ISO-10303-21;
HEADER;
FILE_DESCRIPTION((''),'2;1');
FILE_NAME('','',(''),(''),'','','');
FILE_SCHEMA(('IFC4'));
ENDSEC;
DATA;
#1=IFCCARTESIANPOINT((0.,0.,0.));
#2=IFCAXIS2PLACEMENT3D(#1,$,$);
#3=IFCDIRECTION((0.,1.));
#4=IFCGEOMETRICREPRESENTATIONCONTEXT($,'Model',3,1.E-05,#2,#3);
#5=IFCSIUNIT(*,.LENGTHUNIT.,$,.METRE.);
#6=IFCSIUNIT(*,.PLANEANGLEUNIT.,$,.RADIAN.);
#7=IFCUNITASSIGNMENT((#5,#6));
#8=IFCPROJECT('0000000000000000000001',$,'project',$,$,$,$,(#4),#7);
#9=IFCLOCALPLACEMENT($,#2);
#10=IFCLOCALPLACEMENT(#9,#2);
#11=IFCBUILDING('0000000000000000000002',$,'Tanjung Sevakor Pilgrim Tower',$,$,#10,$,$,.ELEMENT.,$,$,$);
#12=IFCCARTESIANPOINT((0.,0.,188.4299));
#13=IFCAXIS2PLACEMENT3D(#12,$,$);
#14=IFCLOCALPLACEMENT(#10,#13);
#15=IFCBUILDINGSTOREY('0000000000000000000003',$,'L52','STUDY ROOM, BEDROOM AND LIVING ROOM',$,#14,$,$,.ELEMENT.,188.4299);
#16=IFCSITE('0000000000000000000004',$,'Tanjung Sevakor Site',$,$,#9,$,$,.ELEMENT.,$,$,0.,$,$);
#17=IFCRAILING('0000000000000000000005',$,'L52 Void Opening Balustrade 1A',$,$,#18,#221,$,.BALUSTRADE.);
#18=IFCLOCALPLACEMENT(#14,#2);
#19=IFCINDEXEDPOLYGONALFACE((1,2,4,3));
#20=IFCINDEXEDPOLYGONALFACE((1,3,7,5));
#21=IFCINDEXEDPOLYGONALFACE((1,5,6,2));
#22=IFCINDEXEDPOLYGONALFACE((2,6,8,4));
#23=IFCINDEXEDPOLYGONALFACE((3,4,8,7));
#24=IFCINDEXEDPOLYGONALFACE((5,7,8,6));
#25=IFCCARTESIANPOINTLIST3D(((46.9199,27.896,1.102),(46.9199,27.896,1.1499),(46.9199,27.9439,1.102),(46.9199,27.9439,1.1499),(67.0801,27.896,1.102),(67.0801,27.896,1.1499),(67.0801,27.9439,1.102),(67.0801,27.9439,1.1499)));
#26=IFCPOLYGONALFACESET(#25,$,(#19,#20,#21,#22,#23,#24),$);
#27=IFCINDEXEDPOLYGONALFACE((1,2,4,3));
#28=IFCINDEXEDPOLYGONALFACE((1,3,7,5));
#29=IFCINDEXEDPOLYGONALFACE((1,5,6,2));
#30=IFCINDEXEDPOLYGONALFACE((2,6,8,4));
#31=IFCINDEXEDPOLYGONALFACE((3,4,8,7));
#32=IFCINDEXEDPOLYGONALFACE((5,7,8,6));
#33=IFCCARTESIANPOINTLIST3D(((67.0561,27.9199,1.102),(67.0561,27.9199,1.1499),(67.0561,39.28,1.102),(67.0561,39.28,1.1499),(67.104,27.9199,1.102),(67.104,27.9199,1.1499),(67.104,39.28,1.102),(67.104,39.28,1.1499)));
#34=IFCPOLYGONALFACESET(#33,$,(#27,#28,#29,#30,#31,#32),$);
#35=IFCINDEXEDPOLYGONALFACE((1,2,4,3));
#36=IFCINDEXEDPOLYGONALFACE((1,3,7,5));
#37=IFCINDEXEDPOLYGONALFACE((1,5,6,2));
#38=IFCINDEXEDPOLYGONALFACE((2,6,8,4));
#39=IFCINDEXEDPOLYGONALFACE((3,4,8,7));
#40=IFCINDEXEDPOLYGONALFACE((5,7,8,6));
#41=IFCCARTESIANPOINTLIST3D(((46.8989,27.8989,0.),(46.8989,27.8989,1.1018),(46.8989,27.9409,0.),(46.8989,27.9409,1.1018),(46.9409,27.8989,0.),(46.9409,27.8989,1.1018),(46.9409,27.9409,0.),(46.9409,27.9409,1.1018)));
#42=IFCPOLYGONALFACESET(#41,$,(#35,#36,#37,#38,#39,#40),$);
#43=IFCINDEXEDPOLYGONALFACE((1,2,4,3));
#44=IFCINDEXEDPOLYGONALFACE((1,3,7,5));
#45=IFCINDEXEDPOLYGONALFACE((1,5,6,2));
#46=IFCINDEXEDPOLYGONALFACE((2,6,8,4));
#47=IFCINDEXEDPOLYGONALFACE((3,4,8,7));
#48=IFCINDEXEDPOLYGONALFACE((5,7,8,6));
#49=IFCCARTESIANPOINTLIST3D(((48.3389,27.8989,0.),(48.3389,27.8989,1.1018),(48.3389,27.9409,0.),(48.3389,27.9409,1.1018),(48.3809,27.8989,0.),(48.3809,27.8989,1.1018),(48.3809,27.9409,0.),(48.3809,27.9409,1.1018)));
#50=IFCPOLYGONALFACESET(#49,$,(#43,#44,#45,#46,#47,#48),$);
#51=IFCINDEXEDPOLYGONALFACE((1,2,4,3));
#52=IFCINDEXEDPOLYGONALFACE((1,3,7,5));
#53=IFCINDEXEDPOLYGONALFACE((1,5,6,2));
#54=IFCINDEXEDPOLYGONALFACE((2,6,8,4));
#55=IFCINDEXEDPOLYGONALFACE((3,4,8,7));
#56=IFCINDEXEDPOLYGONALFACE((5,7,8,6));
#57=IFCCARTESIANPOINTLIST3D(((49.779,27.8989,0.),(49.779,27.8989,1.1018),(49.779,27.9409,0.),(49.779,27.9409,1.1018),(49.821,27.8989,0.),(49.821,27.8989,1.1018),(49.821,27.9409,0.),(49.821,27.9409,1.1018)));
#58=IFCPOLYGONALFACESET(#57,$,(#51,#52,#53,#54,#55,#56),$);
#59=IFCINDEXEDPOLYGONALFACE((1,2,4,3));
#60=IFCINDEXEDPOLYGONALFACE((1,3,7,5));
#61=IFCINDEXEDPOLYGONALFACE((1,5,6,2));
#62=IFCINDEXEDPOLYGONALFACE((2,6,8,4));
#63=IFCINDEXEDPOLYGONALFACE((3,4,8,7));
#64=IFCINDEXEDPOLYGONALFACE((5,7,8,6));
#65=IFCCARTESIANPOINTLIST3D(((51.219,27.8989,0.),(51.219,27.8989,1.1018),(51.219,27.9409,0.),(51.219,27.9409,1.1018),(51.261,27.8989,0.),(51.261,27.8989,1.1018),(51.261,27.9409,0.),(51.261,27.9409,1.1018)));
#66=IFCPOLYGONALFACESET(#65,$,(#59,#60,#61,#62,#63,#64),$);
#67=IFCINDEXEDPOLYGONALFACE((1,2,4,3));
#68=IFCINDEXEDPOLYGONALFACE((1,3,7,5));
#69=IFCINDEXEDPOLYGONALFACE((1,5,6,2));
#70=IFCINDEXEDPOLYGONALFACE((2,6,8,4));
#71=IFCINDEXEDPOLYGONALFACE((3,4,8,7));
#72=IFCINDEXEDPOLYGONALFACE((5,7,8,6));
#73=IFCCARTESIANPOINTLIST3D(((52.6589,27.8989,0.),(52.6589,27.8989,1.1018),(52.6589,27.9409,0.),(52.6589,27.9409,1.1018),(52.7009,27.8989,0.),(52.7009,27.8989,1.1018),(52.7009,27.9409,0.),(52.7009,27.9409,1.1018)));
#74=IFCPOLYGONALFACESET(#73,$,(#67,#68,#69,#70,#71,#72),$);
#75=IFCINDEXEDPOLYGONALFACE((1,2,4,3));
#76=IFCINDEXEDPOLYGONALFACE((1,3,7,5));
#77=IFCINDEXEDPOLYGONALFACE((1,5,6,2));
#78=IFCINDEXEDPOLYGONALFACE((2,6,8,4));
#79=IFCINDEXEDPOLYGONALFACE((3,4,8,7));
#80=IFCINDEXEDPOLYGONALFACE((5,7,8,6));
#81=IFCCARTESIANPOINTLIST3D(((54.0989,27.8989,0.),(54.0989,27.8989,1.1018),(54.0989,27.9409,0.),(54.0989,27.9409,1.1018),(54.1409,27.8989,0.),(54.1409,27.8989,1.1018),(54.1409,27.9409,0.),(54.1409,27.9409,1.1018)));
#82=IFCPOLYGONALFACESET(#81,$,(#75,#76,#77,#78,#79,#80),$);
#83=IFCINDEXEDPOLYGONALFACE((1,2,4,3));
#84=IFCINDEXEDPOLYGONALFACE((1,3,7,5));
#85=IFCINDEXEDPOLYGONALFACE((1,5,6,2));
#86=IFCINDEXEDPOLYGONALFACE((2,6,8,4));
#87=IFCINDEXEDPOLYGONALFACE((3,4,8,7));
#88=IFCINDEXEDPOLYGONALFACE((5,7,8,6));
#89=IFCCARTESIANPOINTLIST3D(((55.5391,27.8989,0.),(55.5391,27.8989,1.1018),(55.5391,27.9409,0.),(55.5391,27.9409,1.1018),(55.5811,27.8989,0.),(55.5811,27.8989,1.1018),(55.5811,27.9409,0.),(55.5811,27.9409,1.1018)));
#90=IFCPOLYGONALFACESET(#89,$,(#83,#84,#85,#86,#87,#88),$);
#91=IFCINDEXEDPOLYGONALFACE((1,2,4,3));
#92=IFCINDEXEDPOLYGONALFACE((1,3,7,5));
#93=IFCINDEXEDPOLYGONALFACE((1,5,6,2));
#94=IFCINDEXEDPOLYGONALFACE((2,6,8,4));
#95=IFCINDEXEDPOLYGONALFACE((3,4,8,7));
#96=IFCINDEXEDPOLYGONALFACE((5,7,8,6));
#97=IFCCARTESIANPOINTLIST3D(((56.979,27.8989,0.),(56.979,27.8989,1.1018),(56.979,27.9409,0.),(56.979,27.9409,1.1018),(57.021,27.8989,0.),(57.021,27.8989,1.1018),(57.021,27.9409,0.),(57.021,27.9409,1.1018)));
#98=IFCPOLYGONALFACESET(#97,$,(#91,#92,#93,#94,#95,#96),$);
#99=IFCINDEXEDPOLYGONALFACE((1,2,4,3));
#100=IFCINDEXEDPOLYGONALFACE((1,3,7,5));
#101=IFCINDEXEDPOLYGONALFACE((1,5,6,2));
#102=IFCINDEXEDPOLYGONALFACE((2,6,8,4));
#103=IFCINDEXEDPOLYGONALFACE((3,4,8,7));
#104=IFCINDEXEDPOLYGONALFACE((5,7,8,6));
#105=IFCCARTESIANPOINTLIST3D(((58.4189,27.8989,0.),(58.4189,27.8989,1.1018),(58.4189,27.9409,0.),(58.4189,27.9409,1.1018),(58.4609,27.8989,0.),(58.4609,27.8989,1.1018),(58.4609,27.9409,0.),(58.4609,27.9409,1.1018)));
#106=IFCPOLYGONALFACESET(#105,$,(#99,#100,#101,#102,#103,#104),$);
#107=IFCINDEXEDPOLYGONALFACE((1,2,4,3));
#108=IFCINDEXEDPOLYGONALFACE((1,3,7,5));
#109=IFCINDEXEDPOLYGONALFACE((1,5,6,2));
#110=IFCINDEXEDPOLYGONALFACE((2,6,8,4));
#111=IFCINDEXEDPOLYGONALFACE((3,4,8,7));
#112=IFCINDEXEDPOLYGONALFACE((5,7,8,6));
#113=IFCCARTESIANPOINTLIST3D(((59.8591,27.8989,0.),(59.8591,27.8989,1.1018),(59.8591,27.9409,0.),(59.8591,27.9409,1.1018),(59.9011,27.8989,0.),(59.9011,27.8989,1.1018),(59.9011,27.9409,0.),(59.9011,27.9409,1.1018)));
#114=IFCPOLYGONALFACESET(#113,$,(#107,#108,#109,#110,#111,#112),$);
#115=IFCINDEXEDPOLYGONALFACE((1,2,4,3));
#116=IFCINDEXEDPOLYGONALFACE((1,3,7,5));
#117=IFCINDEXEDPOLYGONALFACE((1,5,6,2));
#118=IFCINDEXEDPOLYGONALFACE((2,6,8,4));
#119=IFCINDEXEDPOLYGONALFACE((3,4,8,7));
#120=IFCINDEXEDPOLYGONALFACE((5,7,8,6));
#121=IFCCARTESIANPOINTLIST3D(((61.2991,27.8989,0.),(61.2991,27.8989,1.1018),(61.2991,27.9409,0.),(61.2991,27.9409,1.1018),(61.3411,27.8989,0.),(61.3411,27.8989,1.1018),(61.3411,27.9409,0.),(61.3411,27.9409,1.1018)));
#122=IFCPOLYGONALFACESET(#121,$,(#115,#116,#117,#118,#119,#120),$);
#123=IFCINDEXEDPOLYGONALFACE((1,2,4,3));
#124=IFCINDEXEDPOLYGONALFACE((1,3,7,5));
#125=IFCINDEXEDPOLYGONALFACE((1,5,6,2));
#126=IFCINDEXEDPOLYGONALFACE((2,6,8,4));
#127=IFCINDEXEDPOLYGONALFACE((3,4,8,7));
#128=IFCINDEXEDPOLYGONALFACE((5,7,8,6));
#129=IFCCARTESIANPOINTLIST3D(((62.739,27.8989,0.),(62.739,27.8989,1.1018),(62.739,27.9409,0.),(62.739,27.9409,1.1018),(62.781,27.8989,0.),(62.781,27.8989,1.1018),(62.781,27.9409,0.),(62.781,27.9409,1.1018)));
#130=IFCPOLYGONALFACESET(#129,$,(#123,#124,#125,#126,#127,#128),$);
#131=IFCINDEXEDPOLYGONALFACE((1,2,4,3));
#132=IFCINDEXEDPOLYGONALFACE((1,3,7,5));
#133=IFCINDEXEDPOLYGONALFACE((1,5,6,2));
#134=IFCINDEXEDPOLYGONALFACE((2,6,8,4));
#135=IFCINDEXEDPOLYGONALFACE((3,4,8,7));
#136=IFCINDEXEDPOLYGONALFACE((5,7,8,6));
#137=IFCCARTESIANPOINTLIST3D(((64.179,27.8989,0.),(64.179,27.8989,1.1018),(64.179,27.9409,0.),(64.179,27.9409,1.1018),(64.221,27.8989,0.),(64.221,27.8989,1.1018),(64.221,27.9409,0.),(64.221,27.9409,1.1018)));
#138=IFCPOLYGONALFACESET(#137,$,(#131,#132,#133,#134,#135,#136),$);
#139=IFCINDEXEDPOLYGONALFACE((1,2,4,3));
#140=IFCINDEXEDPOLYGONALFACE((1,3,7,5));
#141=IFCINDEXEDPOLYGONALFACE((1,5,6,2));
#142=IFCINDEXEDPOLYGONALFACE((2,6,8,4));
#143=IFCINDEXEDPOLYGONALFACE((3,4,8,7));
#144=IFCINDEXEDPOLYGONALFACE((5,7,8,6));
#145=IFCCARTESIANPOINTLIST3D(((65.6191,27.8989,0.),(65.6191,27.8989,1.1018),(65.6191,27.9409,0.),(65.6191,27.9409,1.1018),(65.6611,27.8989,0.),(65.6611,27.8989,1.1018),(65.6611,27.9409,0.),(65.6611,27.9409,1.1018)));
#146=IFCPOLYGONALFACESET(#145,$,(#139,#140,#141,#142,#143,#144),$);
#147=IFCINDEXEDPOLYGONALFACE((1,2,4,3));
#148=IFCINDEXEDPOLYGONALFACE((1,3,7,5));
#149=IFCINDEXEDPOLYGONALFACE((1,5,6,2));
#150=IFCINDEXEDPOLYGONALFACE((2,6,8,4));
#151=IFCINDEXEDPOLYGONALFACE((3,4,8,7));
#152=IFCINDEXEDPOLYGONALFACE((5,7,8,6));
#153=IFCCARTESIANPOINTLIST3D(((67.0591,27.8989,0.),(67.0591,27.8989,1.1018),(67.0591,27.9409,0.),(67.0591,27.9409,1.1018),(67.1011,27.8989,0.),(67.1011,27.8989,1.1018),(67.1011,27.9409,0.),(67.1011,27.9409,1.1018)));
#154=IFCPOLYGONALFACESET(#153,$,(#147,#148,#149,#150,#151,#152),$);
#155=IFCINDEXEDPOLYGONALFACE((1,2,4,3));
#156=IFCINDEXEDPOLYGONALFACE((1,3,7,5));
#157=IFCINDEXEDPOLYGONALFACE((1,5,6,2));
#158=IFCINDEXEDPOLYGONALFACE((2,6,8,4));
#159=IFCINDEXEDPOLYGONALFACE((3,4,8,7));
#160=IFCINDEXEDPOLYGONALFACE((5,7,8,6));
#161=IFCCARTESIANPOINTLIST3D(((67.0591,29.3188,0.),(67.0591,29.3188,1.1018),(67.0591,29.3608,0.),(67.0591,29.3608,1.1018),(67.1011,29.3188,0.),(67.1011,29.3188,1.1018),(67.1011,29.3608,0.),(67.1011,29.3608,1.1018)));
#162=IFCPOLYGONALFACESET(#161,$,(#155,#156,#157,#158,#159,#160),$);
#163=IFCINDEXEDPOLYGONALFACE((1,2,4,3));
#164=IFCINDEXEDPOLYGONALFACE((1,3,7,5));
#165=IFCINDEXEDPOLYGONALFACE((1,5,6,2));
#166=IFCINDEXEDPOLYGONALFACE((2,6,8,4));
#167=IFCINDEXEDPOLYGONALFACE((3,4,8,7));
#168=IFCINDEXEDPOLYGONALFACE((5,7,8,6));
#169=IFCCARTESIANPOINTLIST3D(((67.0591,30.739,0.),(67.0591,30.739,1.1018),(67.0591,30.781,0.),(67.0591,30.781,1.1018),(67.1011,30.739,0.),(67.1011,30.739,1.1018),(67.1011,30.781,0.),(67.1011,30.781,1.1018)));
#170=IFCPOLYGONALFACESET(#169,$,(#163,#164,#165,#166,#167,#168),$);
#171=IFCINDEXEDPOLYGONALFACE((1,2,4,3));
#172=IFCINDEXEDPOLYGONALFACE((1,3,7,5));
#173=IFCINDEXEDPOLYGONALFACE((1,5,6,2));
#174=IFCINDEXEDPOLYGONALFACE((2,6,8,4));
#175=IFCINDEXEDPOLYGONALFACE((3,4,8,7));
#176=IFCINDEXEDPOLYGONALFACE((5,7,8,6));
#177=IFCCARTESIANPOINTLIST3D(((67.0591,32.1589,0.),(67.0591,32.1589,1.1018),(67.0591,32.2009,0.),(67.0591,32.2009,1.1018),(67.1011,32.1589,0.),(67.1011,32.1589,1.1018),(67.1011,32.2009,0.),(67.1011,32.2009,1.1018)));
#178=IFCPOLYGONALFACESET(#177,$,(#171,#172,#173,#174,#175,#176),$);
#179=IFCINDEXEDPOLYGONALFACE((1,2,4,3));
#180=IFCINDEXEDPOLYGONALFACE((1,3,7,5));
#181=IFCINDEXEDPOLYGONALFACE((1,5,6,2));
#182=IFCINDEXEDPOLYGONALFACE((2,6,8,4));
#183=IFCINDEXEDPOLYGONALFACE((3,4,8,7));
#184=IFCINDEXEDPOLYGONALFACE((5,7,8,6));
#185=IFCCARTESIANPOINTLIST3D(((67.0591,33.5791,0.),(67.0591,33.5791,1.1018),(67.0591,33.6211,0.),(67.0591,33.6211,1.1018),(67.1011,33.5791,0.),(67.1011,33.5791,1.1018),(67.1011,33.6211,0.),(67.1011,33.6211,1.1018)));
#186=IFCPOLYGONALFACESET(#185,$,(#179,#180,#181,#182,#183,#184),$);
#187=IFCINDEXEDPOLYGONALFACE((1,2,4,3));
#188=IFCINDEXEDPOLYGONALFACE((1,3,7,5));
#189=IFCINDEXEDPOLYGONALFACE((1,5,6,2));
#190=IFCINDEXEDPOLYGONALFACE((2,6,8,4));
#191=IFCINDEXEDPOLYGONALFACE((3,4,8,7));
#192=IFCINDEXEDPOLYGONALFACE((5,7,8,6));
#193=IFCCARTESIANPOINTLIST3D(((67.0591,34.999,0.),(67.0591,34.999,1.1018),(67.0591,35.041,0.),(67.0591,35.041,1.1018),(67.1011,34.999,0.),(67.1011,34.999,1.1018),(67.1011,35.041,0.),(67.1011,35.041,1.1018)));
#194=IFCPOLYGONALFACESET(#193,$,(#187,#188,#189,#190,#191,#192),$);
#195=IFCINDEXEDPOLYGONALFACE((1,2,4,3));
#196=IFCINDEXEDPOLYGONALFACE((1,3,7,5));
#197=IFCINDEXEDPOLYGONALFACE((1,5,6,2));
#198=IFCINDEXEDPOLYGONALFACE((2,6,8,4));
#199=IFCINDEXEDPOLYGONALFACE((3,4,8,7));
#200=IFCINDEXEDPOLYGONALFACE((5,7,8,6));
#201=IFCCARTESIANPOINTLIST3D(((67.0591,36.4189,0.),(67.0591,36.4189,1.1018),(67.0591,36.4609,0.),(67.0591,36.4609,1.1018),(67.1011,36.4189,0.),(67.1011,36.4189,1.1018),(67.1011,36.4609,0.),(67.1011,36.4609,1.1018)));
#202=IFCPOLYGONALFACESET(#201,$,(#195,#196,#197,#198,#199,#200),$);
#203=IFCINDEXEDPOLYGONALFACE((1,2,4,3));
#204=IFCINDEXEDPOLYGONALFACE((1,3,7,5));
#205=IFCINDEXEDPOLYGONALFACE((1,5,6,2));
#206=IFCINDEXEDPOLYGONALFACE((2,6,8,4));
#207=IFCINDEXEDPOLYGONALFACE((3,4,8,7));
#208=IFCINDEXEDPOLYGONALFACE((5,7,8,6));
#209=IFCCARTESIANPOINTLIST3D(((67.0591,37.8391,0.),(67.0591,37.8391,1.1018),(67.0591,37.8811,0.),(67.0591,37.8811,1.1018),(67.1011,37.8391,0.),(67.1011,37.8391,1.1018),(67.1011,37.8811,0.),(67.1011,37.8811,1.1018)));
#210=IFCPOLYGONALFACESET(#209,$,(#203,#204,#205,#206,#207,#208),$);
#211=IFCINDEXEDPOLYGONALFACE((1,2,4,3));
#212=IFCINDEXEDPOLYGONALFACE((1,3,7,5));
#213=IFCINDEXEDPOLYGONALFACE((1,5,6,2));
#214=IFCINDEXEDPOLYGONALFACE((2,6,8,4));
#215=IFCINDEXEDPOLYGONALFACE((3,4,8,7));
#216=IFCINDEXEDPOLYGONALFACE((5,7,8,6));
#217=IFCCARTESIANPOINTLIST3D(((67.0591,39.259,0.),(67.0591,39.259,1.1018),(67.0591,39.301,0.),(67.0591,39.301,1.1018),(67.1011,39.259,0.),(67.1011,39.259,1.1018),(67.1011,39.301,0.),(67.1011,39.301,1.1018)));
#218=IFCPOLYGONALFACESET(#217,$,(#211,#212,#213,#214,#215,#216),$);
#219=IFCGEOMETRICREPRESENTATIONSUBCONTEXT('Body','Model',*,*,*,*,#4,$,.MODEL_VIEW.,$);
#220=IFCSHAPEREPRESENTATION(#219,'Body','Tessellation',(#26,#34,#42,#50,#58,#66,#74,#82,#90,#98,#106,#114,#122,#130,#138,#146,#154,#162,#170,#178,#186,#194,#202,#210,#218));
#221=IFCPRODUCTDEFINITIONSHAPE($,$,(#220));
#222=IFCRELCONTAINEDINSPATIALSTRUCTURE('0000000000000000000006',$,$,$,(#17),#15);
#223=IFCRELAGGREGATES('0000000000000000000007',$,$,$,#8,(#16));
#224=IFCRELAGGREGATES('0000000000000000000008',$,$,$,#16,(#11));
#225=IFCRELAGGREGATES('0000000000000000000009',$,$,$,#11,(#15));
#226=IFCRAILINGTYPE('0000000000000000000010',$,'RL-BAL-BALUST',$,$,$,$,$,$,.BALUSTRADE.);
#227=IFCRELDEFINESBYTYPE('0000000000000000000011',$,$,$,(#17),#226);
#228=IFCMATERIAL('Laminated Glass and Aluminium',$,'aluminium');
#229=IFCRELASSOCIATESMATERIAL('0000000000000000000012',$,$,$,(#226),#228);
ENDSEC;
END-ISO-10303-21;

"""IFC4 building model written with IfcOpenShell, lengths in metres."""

from ifc_helpers import new_model, si_unit, direction, frame, origin, place, context, subcontext, project, spatial, rectangle, extrude, material, type_object, element, save


model = new_model("IFC4")

# Units and contexts
model_context = context("Model", 3, precision=1e-05, world=origin(), true_north=direction((0.0, 1.0)))
body_context = subcontext(model_context, "Body", "Model", "MODEL_VIEW")
ifc_project = project(units=[si_unit("LENGTHUNIT", "METRE"), si_unit("PLANEANGLEUNIT", "RADIAN")], contexts=[model_context])

# Site, building, storey
site_placement = place(None, origin())
site = spatial("IfcSite", under=ifc_project, at=site_placement, Name="Tanjung Sevakor Site", CompositionType="ELEMENT", RefElevation=0.0)
building_placement = place(site_placement, origin())
building = spatial("IfcBuilding", under=site, at=building_placement, Name="Tanjung Sevakor Pilgrim Tower", CompositionType="ELEMENT")
storey_placement = place(building_placement, frame((0.0, 0.0, 188.4299)))
storey = spatial("IfcBuildingStorey", under=building, at=storey_placement, Name="L52", Description="STUDY ROOM, BEDROOM AND LIVING ROOM", CompositionType="ELEMENT", Elevation=188.4299)

# Railing
ifc_material_1 = material(Name="Laminated Glass and Aluminium", Category="aluminium")
railing_type = type_object("IfcRailingType", Name="RL-BAL-BALUST", PredefinedType="BALUSTRADE", material=ifc_material_1)
railing_placement = place(storey_placement, frame((46.9199, 27.9199, 0.0)))
element("IfcRailing", 1, at=railing_placement, inside=storey, type_object=railing_type, Name="L52 Void Opening Balustrade 1A", PredefinedType="BALUSTRADE", context=body_context, shape_type="SweptSolid", body=[
    extrude(rectangle(XDim=0.0479, YDim=0.0479), frame((0.0, 0.0, 1.126), z_axis=(1.0, 0.0, 0.0), x_axis=(0.0, 1.0, 0.0)), (0.0, 0.0, 1.0), 20.1602),
    extrude(rectangle(XDim=0.0479, YDim=0.0479), frame((20.1602, 0.0, 1.126), z_axis=(0.0, 1.0, 0.0), x_axis=(-1.0, 0.0, 0.0)), (0.0, 0.0, 1.0), 11.3601),
    extrude(rectangle(XDim=0.042, YDim=0.042), origin(), (0.0, 0.0, 1.0), 1.1018),
    extrude(rectangle(XDim=0.042, YDim=0.042), frame((1.4399, 0.0, 0.0)), (0.0, 0.0, 1.0), 1.1018),
    extrude(rectangle(XDim=0.042, YDim=0.042), frame((2.8801, 0.0, 0.0)), (0.0, 0.0, 1.0), 1.1018),
    extrude(rectangle(XDim=0.042, YDim=0.042), frame((4.3201, 0.0, 0.0)), (0.0, 0.0, 1.0), 1.1018),
    extrude(rectangle(XDim=0.042, YDim=0.042), frame((5.76, 0.0, 0.0)), (0.0, 0.0, 1.0), 1.1018),
    extrude(rectangle(XDim=0.042, YDim=0.042), frame((7.2, 0.0, 0.0)), (0.0, 0.0, 1.0), 1.1018),
    extrude(rectangle(XDim=0.042, YDim=0.042), frame((8.6401, 0.0, 0.0)), (0.0, 0.0, 1.0), 1.1018),
    extrude(rectangle(XDim=0.042, YDim=0.042), frame((10.0801, 0.0, 0.0)), (0.0, 0.0, 1.0), 1.1018),
    extrude(rectangle(XDim=0.042, YDim=0.042), frame((11.52, 0.0, 0.0)), (0.0, 0.0, 1.0), 1.1018),
    extrude(rectangle(XDim=0.042, YDim=0.042), frame((12.9602, 0.0, 0.0)), (0.0, 0.0, 1.0), 1.1018),
    extrude(rectangle(XDim=0.042, YDim=0.042), frame((14.4001, 0.0, 0.0)), (0.0, 0.0, 1.0), 1.1018),
    extrude(rectangle(XDim=0.042, YDim=0.042), frame((15.8401, 0.0, 0.0)), (0.0, 0.0, 1.0), 1.1018),
    extrude(rectangle(XDim=0.042, YDim=0.042), frame((17.28, 0.0, 0.0)), (0.0, 0.0, 1.0), 1.1018),
    extrude(rectangle(XDim=0.042, YDim=0.042), frame((18.7202, 0.0, 0.0)), (0.0, 0.0, 1.0), 1.1018),
    extrude(rectangle(XDim=0.042, YDim=0.042), frame((20.1602, 0.0, 0.0)), (0.0, 0.0, 1.0), 1.1018),
    extrude(rectangle(XDim=0.042, YDim=0.042), frame((20.1602, 1.4199, 0.0)), (0.0, 0.0, 1.0), 1.1018),
    extrude(rectangle(XDim=0.042, YDim=0.042), frame((20.1602, 2.8401, 0.0)), (0.0, 0.0, 1.0), 1.1018),
    extrude(rectangle(XDim=0.042, YDim=0.042), frame((20.1602, 4.26, 0.0)), (0.0, 0.0, 1.0), 1.1018),
    extrude(rectangle(XDim=0.042, YDim=0.042), frame((20.1602, 5.6802, 0.0)), (0.0, 0.0, 1.0), 1.1018),
    extrude(rectangle(XDim=0.042, YDim=0.042), frame((20.1602, 7.1001, 0.0)), (0.0, 0.0, 1.0), 1.1018),
    extrude(rectangle(XDim=0.042, YDim=0.042), frame((20.1602, 8.52, 0.0)), (0.0, 0.0, 1.0), 1.1018),
    extrude(rectangle(XDim=0.042, YDim=0.042), frame((20.1602, 9.9402, 0.0)), (0.0, 0.0, 1.0), 1.1018),
    extrude(rectangle(XDim=0.042, YDim=0.042), frame((20.1602, 11.3601, 0.0)), (0.0, 0.0, 1.0), 1.1018),
])

save(model, "model.ifc")
